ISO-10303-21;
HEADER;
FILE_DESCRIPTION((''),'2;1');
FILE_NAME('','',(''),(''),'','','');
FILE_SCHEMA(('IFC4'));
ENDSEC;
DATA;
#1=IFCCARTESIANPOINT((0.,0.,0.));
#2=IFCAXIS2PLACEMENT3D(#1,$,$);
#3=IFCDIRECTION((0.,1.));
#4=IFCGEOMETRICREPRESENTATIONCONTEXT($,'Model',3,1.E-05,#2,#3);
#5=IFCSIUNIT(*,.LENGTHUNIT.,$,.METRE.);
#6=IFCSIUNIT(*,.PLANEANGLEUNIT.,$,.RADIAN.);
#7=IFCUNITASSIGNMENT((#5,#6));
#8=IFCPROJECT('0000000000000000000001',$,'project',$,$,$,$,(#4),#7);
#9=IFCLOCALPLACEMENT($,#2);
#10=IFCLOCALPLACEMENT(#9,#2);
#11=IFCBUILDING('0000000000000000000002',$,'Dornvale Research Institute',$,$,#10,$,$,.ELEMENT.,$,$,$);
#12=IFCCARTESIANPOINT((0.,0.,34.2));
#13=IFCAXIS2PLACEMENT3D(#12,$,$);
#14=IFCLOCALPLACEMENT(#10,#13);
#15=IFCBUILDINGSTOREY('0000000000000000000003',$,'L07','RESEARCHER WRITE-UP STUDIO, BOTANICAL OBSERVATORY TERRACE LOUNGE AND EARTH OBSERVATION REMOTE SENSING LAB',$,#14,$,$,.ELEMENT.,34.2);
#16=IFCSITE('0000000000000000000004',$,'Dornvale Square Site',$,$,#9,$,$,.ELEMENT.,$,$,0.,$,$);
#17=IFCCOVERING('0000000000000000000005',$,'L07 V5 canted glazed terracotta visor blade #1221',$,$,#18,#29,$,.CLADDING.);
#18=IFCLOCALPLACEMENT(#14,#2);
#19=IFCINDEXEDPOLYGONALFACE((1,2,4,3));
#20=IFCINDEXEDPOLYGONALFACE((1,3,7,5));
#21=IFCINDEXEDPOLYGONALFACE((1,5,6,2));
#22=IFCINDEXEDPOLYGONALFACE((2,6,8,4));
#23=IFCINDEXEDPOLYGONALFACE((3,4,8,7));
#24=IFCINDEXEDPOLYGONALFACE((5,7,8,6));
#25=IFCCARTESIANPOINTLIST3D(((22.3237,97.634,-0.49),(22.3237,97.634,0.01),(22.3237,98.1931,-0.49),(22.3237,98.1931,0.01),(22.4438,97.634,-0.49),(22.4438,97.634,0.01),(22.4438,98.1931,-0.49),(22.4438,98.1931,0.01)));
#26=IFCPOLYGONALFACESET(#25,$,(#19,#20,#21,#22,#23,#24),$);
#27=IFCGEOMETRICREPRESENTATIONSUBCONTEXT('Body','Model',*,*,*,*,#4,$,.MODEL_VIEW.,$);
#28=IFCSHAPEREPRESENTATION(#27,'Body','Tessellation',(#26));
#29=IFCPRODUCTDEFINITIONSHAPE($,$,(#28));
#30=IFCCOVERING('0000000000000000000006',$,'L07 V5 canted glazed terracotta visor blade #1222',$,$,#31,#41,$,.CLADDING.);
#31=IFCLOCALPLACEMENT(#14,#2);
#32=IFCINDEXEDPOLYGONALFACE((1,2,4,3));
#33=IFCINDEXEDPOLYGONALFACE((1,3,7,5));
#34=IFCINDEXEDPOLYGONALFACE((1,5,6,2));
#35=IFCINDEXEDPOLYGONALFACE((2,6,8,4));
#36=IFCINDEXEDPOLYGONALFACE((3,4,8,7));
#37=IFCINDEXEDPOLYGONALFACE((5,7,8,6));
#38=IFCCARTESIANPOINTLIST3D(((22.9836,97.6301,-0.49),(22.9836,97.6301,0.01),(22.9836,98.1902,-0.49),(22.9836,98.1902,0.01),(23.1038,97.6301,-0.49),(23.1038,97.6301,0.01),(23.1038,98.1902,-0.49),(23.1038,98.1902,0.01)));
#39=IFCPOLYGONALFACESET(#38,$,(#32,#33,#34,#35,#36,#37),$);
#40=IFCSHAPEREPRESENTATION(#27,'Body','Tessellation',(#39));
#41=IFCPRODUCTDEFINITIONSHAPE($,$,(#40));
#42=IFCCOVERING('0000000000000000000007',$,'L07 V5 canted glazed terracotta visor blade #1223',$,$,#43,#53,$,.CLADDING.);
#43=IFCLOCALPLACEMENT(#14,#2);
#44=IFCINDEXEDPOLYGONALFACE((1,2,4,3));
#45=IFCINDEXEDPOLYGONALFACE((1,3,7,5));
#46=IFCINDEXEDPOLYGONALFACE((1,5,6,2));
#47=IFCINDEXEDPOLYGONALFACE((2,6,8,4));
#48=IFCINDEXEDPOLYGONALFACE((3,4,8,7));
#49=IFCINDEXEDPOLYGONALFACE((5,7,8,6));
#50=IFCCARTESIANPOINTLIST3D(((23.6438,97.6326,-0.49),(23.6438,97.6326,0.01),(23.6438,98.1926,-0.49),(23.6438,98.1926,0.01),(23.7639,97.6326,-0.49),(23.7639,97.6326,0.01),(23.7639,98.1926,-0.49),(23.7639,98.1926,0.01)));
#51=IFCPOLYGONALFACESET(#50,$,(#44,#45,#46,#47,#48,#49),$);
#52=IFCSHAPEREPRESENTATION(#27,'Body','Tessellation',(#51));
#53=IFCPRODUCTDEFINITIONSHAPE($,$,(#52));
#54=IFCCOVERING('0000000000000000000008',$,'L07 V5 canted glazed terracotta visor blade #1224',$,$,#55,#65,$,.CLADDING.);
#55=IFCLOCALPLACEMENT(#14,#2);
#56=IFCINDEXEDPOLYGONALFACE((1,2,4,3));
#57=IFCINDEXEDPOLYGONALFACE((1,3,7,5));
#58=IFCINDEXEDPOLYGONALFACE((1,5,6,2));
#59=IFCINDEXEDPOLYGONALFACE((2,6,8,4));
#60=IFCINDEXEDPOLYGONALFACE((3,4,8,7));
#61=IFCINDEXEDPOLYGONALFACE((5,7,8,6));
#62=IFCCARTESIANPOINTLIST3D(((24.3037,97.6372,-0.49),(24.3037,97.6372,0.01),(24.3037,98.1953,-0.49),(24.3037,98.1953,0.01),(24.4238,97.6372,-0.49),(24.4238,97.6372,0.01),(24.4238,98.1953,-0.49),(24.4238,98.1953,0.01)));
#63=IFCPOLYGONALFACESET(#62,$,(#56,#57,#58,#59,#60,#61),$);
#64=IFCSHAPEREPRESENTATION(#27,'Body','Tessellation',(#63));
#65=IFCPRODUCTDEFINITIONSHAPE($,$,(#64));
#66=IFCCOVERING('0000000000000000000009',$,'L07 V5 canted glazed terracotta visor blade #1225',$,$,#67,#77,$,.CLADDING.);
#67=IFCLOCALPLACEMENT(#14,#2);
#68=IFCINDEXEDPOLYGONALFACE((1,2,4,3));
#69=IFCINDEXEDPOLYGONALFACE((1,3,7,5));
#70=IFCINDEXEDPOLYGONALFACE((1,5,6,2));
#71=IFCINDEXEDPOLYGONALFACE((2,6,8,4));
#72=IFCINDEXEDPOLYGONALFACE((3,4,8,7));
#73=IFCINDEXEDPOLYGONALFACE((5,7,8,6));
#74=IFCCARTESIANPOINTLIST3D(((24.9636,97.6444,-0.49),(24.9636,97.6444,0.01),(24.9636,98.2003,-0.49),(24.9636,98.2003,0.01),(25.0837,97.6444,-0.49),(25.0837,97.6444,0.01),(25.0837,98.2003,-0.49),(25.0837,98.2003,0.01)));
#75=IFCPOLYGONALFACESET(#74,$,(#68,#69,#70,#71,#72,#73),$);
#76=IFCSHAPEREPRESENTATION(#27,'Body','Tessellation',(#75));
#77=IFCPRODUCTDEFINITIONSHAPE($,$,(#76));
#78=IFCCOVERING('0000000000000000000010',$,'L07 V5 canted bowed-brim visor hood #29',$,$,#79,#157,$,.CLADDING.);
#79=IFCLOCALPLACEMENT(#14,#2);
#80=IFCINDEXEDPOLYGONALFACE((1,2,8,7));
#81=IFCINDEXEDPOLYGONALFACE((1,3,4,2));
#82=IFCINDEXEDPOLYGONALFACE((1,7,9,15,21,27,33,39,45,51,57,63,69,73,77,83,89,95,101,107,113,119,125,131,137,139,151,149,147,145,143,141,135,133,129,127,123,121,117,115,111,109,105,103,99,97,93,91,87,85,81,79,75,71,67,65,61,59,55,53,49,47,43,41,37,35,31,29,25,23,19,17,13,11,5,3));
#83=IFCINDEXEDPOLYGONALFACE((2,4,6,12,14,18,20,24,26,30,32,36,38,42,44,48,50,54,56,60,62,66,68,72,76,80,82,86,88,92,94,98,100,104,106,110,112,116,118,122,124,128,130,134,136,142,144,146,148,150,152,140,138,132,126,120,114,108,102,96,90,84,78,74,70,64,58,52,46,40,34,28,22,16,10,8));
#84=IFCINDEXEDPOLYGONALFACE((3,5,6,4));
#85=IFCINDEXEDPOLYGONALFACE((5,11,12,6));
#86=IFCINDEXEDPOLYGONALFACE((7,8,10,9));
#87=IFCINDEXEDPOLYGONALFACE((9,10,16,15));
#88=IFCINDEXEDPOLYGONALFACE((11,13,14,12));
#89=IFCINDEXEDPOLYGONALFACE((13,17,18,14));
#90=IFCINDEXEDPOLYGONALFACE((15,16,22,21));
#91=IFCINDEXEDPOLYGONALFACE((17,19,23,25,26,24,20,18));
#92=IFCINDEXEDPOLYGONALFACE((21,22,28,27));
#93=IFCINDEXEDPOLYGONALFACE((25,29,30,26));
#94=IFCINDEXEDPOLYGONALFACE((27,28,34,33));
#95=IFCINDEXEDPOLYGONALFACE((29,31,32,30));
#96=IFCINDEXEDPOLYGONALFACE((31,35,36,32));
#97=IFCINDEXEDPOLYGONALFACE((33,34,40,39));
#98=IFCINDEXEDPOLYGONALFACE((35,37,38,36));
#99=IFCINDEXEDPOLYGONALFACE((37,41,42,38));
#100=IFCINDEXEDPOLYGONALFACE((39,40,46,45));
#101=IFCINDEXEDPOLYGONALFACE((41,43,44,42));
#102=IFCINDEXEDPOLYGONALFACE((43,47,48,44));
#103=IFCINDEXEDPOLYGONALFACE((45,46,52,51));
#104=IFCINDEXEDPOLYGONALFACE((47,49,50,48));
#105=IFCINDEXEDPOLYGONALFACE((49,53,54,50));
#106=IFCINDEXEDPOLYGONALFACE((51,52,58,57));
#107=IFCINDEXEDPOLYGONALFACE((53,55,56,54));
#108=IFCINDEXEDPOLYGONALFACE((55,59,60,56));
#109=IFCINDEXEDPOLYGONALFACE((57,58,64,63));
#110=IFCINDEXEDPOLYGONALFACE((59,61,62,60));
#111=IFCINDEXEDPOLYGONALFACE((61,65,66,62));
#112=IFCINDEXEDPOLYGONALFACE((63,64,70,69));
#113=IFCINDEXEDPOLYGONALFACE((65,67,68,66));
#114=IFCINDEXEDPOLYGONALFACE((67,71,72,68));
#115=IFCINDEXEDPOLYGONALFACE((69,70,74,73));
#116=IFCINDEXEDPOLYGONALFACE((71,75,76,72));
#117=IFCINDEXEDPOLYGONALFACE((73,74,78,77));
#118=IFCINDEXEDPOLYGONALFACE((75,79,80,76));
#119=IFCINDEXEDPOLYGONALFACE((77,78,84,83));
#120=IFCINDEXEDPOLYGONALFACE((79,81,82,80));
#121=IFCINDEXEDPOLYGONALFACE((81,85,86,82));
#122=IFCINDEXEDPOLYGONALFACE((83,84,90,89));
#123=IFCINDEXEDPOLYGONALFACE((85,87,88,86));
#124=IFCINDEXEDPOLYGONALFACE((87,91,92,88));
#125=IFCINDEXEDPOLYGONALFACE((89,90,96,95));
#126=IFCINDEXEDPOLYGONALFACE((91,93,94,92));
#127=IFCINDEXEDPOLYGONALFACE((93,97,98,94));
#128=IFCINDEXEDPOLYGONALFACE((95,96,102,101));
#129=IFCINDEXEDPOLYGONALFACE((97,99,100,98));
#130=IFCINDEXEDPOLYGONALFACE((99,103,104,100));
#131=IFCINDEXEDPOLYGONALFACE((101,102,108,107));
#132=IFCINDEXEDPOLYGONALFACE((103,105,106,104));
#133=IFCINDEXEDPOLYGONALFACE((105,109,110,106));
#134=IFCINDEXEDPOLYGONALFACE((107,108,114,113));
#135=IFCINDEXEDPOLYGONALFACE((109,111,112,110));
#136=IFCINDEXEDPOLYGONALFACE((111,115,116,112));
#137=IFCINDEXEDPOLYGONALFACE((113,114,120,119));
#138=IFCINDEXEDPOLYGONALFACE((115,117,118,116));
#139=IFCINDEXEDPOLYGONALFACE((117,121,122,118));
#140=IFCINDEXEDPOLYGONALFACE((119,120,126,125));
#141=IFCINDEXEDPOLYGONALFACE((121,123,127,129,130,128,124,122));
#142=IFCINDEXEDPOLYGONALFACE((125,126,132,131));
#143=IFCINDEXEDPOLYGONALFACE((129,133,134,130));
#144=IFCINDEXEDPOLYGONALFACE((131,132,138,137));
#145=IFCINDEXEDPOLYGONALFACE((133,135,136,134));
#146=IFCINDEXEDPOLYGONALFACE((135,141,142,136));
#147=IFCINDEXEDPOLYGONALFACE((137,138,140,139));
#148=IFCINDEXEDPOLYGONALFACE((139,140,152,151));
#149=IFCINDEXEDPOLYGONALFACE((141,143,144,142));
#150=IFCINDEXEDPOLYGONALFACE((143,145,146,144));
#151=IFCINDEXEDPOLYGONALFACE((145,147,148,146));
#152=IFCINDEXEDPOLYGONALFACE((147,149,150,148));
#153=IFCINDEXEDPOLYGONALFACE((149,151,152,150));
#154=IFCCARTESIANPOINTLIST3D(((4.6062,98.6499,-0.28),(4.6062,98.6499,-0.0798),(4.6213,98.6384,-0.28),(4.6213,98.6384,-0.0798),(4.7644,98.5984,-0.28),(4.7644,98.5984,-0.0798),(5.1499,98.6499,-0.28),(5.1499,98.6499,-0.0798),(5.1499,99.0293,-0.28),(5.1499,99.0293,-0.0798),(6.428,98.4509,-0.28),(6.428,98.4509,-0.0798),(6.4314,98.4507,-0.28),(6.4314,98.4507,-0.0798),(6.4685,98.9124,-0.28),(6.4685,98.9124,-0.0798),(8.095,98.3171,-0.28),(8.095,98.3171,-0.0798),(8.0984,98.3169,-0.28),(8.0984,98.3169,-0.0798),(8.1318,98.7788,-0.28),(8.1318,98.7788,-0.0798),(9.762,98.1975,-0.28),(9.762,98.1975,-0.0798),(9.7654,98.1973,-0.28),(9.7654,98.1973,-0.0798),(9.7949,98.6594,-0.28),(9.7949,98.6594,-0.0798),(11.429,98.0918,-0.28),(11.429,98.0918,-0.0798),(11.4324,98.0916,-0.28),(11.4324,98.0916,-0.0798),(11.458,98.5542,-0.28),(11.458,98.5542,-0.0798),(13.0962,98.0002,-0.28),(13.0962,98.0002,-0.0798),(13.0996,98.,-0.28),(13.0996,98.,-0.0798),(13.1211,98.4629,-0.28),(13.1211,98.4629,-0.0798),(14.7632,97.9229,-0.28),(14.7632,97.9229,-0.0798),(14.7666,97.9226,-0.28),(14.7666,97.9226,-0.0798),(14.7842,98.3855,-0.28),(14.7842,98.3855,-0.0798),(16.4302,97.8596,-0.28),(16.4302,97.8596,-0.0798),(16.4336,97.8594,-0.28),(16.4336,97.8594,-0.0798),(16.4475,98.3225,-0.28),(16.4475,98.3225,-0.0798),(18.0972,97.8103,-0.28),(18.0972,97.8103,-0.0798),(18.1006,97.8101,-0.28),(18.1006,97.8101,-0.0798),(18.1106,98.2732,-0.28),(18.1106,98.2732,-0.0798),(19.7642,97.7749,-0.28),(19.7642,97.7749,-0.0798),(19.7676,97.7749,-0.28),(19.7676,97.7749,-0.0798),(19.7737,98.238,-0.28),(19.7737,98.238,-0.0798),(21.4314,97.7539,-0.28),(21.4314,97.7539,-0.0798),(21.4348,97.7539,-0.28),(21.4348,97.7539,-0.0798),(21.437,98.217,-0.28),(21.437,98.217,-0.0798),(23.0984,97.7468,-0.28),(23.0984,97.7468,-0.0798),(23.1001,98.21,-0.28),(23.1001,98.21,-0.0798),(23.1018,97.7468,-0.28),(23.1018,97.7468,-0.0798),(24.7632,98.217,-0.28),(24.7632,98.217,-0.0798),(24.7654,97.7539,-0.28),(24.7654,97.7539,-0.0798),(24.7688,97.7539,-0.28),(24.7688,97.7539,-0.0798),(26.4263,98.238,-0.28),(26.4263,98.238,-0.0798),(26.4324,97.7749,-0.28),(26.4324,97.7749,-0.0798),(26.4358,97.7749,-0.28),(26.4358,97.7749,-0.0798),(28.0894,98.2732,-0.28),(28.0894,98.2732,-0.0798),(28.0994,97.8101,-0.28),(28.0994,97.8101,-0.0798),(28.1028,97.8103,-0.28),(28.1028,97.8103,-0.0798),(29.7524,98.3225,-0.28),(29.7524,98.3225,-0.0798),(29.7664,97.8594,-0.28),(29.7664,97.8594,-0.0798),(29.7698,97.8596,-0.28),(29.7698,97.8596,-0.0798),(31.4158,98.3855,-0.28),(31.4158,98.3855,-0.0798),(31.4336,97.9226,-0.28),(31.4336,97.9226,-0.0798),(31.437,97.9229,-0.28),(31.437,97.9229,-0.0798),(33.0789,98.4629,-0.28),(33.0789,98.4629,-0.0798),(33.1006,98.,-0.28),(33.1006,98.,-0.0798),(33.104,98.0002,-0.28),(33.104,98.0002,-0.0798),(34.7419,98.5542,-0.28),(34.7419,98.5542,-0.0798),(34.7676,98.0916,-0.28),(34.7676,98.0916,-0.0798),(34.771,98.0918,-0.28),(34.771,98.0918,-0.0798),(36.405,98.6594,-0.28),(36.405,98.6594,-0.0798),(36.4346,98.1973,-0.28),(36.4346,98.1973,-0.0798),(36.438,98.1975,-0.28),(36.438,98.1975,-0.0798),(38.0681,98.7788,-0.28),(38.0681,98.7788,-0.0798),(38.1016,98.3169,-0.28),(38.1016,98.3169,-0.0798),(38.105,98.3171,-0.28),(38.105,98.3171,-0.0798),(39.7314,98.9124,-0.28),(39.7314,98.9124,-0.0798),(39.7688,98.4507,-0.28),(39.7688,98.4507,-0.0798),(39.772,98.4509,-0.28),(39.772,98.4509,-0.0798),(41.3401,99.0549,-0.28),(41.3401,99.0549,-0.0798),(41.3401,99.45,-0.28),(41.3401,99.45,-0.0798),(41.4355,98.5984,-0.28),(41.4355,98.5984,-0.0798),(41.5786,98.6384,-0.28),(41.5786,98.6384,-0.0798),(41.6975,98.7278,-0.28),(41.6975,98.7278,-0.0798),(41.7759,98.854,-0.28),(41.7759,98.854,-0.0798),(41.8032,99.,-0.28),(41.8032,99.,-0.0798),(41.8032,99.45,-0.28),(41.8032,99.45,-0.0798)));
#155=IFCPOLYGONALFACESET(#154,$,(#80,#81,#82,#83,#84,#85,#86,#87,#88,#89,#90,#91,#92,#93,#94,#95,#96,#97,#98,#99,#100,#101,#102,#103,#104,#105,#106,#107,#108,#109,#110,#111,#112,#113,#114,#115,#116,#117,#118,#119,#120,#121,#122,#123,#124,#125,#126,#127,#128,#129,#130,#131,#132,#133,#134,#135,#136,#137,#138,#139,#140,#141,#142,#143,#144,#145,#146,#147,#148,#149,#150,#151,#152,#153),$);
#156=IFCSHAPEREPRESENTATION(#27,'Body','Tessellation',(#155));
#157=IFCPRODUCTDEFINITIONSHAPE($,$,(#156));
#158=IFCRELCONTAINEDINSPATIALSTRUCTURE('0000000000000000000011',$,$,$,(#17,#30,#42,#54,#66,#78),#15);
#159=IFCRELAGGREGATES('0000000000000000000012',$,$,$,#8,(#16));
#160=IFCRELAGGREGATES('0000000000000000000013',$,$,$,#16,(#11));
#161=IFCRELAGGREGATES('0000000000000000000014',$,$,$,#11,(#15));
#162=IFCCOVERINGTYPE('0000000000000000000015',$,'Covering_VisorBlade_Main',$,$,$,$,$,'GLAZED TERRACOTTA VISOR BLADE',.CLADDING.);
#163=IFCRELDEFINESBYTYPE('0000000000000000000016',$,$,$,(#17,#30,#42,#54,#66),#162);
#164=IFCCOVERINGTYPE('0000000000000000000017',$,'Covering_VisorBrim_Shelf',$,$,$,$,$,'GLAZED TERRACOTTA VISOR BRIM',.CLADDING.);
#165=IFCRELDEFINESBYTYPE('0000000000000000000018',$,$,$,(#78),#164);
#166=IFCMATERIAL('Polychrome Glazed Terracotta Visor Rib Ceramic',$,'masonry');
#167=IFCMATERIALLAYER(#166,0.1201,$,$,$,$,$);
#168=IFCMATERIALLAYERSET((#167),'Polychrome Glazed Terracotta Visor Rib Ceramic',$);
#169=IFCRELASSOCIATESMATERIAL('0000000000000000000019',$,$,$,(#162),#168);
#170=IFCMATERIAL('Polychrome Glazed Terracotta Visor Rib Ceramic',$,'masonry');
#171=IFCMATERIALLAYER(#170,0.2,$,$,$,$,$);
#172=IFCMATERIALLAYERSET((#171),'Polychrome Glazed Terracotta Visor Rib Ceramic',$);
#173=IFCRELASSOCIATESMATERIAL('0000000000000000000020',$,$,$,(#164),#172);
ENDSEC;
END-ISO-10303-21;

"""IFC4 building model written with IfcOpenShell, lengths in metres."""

from ifc_helpers import new_model, si_unit, direction, frame, origin, origin_2d, place, context, subcontext, project, spatial, polyline, rectangle, outline, extrude, material, layer, layer_set, type_object, element, save


model = new_model("IFC4")

# Units and contexts
model_context = context("Model", 3, precision=1e-05, world=origin(), true_north=direction((0.0, 1.0)))
body_context = subcontext(model_context, "Body", "Model", "MODEL_VIEW")
ifc_project = project(units=[si_unit("LENGTHUNIT", "METRE"), si_unit("PLANEANGLEUNIT", "RADIAN")], contexts=[model_context])

# Site, building, storey
site_placement = place(None, origin())
site = spatial("IfcSite", under=ifc_project, at=site_placement, Name="Dornvale Square Site", CompositionType="ELEMENT", RefElevation=0.0)
building_placement = place(site_placement, origin())
building = spatial("IfcBuilding", under=site, at=building_placement, Name="Dornvale Research Institute", CompositionType="ELEMENT")
storey_placement = place(building_placement, frame((0.0, 0.0, 34.2)))
storey = spatial("IfcBuildingStorey", under=building, at=storey_placement, Name="L07", Description="RESEARCHER WRITE-UP STUDIO, BOTANICAL OBSERVATORY TERRACE LOUNGE AND EARTH OBSERVATION REMOTE SENSING LAB", CompositionType="ELEMENT", Elevation=34.2)

# Coverings
ifc_material_1 = material(Name="Polychrome Glazed Terracotta Visor Rib Ceramic", Category="masonry")
ifc_layer_1 = layer(ifc_material_1, 0.1201)
ifc_layer_set_1 = layer_set([ifc_layer_1], Name="Polychrome Glazed Terracotta Visor Rib Ceramic")
covering_type_1 = type_object("IfcCoveringType", Name="Covering_VisorBlade_Main", ElementType="GLAZED TERRACOTTA VISOR BLADE", PredefinedType="CLADDING", material=ifc_layer_set_1)
covering_1_placement = place(storey_placement, frame((22.3838, 97.9136, -0.49), z_axis=(0.0, 0.0, 1.0), x_axis=(0.0, 1.0, 0.0)))
element("IfcCovering", 1, at=covering_1_placement, inside=storey, type_object=covering_type_1, Name="L07 V5 canted glazed terracotta visor blade #1221", PredefinedType="CLADDING", context=body_context, shape_type="SweptSolid", body=[
    extrude(rectangle(XDim=0.5591, YDim=0.1201, at=origin_2d()), origin(), (0.0, 0.0, 1.0), 0.5),
])
for number, where, z_axis, x_axis, name in (
    (2, (23.0437, 97.9102, -0.49), (0.0, 0.0, 1.0), (0.0, 1.0, 0.0), "L07 V5 canted glazed terracotta visor blade #1222"),
    (3, (23.7039, 97.9126, -0.49), (0.0, 0.0, 1.0), (0.0, 1.0, 0.0), "L07 V5 canted glazed terracotta visor blade #1223"),
):
    element("IfcCovering", number, at=place(storey_placement, frame(where, z_axis=z_axis, x_axis=x_axis)), inside=storey, type_object=covering_type_1, Name=name, PredefinedType="CLADDING", context=body_context, shape_type="SweptSolid", body=[
        extrude(rectangle(XDim=0.5601, YDim=0.1201, at=origin_2d()), origin(), (0.0, 0.0, 1.0), 0.5),
    ])
covering_2_placement = place(storey_placement, frame((24.3638, 97.9163, -0.49), z_axis=(0.0, 0.0, 1.0), x_axis=(0.0, 1.0, 0.0)))
element("IfcCovering", 4, at=covering_2_placement, inside=storey, type_object=covering_type_1, Name="L07 V5 canted glazed terracotta visor blade #1224", PredefinedType="CLADDING", context=body_context, shape_type="SweptSolid", body=[
    extrude(rectangle(XDim=0.5581, YDim=0.1201, at=origin_2d()), origin(), (0.0, 0.0, 1.0), 0.5),
])
covering_3_placement = place(storey_placement, frame((25.0237, 97.9224, -0.49), z_axis=(0.0, 0.0, 1.0), x_axis=(0.0, 1.0, 0.0)))
element("IfcCovering", 5, at=covering_3_placement, inside=storey, type_object=covering_type_1, Name="L07 V5 canted glazed terracotta visor blade #1225", PredefinedType="CLADDING", context=body_context, shape_type="SweptSolid", body=[
    extrude(rectangle(XDim=0.5559, YDim=0.1201, at=origin_2d()), origin(), (0.0, 0.0, 1.0), 0.5),
])
ifc_material_2 = material(Name="Polychrome Glazed Terracotta Visor Rib Ceramic", Category="masonry")
ifc_layer_2 = layer(ifc_material_2, 0.2)
ifc_layer_set_2 = layer_set([ifc_layer_2], Name="Polychrome Glazed Terracotta Visor Rib Ceramic")
covering_type_2 = type_object("IfcCoveringType", Name="Covering_VisorBrim_Shelf", ElementType="GLAZED TERRACOTTA VISOR BRIM", PredefinedType="CLADDING", material=ifc_layer_set_2)
covering_4_placement = place(storey_placement, frame((0.0, 0.0, -0.28)))
element("IfcCovering", 6, at=covering_4_placement, inside=storey, type_object=covering_type_2, Name="L07 V5 canted bowed-brim visor hood #29", PredefinedType="CLADDING", context=body_context, shape_type="SweptSolid", body=[
    extrude(outline(polyline([(41.8032, 99.0), (41.7759, 98.854), (41.6975, 98.7278), (41.5786, 98.6384), (41.4355, 98.5984), (39.772, 98.4509), (39.7688, 98.4507), (38.105, 98.3171), (38.1016, 98.3169), (36.438, 98.1975), (36.4346, 98.1973), (34.771, 98.0918), (34.7676, 98.0916), (33.104, 98.0002), (33.1006, 98.0), (31.437, 97.9229), (31.4336, 97.9226), (29.7698, 97.8596), (29.7664, 97.8594), (28.1028, 97.8103), (28.0994, 97.8101), (26.4358, 97.7749), (26.4324, 97.7749), (24.7688, 97.7539), (24.7654, 97.7539), (23.1018, 97.7468), (23.0984, 97.7468), (21.4348, 97.7539), (21.4314, 97.7539), (19.7676, 97.7749), (19.7642, 97.7749), (18.1006, 97.8101), (18.0972, 97.8103), (16.4336, 97.8594), (16.4302, 97.8596), (14.7666, 97.9226), (14.7632, 97.9229), (13.0996, 98.0), (13.0962, 98.0002), (11.4324, 98.0916), (11.429, 98.0918), (9.7654, 98.1973), (9.762, 98.1975), (8.0984, 98.3169), (8.095, 98.3171), (6.4314, 98.4507), (6.428, 98.4509), (4.7644, 98.5984), (4.6213, 98.6384), (4.6062, 98.6499), (5.1499, 98.6499), (5.1499, 99.0293), (6.4685, 98.9124), (8.1318, 98.7788), (9.7949, 98.6594), (11.458, 98.5542), (13.1211, 98.4629), (14.7842, 98.3855), (16.4475, 98.3225), (18.1106, 98.2732), (19.7737, 98.238), (21.437, 98.217), (23.1001, 98.21), (24.7632, 98.217), (26.4263, 98.238), (28.0894, 98.2732), (29.7524, 98.3225), (31.4158, 98.3855), (33.0789, 98.4629), (34.7419, 98.5542), (36.405, 98.6594), (38.0681, 98.7788), (39.7314, 98.9124), (41.3401, 99.0549), (41.3401, 99.45), (41.8032, 99.45), (41.8032, 99.0)])), origin(), (0.0, 0.0, 1.0), 0.2002),
])

save(model, "model.ifc")
